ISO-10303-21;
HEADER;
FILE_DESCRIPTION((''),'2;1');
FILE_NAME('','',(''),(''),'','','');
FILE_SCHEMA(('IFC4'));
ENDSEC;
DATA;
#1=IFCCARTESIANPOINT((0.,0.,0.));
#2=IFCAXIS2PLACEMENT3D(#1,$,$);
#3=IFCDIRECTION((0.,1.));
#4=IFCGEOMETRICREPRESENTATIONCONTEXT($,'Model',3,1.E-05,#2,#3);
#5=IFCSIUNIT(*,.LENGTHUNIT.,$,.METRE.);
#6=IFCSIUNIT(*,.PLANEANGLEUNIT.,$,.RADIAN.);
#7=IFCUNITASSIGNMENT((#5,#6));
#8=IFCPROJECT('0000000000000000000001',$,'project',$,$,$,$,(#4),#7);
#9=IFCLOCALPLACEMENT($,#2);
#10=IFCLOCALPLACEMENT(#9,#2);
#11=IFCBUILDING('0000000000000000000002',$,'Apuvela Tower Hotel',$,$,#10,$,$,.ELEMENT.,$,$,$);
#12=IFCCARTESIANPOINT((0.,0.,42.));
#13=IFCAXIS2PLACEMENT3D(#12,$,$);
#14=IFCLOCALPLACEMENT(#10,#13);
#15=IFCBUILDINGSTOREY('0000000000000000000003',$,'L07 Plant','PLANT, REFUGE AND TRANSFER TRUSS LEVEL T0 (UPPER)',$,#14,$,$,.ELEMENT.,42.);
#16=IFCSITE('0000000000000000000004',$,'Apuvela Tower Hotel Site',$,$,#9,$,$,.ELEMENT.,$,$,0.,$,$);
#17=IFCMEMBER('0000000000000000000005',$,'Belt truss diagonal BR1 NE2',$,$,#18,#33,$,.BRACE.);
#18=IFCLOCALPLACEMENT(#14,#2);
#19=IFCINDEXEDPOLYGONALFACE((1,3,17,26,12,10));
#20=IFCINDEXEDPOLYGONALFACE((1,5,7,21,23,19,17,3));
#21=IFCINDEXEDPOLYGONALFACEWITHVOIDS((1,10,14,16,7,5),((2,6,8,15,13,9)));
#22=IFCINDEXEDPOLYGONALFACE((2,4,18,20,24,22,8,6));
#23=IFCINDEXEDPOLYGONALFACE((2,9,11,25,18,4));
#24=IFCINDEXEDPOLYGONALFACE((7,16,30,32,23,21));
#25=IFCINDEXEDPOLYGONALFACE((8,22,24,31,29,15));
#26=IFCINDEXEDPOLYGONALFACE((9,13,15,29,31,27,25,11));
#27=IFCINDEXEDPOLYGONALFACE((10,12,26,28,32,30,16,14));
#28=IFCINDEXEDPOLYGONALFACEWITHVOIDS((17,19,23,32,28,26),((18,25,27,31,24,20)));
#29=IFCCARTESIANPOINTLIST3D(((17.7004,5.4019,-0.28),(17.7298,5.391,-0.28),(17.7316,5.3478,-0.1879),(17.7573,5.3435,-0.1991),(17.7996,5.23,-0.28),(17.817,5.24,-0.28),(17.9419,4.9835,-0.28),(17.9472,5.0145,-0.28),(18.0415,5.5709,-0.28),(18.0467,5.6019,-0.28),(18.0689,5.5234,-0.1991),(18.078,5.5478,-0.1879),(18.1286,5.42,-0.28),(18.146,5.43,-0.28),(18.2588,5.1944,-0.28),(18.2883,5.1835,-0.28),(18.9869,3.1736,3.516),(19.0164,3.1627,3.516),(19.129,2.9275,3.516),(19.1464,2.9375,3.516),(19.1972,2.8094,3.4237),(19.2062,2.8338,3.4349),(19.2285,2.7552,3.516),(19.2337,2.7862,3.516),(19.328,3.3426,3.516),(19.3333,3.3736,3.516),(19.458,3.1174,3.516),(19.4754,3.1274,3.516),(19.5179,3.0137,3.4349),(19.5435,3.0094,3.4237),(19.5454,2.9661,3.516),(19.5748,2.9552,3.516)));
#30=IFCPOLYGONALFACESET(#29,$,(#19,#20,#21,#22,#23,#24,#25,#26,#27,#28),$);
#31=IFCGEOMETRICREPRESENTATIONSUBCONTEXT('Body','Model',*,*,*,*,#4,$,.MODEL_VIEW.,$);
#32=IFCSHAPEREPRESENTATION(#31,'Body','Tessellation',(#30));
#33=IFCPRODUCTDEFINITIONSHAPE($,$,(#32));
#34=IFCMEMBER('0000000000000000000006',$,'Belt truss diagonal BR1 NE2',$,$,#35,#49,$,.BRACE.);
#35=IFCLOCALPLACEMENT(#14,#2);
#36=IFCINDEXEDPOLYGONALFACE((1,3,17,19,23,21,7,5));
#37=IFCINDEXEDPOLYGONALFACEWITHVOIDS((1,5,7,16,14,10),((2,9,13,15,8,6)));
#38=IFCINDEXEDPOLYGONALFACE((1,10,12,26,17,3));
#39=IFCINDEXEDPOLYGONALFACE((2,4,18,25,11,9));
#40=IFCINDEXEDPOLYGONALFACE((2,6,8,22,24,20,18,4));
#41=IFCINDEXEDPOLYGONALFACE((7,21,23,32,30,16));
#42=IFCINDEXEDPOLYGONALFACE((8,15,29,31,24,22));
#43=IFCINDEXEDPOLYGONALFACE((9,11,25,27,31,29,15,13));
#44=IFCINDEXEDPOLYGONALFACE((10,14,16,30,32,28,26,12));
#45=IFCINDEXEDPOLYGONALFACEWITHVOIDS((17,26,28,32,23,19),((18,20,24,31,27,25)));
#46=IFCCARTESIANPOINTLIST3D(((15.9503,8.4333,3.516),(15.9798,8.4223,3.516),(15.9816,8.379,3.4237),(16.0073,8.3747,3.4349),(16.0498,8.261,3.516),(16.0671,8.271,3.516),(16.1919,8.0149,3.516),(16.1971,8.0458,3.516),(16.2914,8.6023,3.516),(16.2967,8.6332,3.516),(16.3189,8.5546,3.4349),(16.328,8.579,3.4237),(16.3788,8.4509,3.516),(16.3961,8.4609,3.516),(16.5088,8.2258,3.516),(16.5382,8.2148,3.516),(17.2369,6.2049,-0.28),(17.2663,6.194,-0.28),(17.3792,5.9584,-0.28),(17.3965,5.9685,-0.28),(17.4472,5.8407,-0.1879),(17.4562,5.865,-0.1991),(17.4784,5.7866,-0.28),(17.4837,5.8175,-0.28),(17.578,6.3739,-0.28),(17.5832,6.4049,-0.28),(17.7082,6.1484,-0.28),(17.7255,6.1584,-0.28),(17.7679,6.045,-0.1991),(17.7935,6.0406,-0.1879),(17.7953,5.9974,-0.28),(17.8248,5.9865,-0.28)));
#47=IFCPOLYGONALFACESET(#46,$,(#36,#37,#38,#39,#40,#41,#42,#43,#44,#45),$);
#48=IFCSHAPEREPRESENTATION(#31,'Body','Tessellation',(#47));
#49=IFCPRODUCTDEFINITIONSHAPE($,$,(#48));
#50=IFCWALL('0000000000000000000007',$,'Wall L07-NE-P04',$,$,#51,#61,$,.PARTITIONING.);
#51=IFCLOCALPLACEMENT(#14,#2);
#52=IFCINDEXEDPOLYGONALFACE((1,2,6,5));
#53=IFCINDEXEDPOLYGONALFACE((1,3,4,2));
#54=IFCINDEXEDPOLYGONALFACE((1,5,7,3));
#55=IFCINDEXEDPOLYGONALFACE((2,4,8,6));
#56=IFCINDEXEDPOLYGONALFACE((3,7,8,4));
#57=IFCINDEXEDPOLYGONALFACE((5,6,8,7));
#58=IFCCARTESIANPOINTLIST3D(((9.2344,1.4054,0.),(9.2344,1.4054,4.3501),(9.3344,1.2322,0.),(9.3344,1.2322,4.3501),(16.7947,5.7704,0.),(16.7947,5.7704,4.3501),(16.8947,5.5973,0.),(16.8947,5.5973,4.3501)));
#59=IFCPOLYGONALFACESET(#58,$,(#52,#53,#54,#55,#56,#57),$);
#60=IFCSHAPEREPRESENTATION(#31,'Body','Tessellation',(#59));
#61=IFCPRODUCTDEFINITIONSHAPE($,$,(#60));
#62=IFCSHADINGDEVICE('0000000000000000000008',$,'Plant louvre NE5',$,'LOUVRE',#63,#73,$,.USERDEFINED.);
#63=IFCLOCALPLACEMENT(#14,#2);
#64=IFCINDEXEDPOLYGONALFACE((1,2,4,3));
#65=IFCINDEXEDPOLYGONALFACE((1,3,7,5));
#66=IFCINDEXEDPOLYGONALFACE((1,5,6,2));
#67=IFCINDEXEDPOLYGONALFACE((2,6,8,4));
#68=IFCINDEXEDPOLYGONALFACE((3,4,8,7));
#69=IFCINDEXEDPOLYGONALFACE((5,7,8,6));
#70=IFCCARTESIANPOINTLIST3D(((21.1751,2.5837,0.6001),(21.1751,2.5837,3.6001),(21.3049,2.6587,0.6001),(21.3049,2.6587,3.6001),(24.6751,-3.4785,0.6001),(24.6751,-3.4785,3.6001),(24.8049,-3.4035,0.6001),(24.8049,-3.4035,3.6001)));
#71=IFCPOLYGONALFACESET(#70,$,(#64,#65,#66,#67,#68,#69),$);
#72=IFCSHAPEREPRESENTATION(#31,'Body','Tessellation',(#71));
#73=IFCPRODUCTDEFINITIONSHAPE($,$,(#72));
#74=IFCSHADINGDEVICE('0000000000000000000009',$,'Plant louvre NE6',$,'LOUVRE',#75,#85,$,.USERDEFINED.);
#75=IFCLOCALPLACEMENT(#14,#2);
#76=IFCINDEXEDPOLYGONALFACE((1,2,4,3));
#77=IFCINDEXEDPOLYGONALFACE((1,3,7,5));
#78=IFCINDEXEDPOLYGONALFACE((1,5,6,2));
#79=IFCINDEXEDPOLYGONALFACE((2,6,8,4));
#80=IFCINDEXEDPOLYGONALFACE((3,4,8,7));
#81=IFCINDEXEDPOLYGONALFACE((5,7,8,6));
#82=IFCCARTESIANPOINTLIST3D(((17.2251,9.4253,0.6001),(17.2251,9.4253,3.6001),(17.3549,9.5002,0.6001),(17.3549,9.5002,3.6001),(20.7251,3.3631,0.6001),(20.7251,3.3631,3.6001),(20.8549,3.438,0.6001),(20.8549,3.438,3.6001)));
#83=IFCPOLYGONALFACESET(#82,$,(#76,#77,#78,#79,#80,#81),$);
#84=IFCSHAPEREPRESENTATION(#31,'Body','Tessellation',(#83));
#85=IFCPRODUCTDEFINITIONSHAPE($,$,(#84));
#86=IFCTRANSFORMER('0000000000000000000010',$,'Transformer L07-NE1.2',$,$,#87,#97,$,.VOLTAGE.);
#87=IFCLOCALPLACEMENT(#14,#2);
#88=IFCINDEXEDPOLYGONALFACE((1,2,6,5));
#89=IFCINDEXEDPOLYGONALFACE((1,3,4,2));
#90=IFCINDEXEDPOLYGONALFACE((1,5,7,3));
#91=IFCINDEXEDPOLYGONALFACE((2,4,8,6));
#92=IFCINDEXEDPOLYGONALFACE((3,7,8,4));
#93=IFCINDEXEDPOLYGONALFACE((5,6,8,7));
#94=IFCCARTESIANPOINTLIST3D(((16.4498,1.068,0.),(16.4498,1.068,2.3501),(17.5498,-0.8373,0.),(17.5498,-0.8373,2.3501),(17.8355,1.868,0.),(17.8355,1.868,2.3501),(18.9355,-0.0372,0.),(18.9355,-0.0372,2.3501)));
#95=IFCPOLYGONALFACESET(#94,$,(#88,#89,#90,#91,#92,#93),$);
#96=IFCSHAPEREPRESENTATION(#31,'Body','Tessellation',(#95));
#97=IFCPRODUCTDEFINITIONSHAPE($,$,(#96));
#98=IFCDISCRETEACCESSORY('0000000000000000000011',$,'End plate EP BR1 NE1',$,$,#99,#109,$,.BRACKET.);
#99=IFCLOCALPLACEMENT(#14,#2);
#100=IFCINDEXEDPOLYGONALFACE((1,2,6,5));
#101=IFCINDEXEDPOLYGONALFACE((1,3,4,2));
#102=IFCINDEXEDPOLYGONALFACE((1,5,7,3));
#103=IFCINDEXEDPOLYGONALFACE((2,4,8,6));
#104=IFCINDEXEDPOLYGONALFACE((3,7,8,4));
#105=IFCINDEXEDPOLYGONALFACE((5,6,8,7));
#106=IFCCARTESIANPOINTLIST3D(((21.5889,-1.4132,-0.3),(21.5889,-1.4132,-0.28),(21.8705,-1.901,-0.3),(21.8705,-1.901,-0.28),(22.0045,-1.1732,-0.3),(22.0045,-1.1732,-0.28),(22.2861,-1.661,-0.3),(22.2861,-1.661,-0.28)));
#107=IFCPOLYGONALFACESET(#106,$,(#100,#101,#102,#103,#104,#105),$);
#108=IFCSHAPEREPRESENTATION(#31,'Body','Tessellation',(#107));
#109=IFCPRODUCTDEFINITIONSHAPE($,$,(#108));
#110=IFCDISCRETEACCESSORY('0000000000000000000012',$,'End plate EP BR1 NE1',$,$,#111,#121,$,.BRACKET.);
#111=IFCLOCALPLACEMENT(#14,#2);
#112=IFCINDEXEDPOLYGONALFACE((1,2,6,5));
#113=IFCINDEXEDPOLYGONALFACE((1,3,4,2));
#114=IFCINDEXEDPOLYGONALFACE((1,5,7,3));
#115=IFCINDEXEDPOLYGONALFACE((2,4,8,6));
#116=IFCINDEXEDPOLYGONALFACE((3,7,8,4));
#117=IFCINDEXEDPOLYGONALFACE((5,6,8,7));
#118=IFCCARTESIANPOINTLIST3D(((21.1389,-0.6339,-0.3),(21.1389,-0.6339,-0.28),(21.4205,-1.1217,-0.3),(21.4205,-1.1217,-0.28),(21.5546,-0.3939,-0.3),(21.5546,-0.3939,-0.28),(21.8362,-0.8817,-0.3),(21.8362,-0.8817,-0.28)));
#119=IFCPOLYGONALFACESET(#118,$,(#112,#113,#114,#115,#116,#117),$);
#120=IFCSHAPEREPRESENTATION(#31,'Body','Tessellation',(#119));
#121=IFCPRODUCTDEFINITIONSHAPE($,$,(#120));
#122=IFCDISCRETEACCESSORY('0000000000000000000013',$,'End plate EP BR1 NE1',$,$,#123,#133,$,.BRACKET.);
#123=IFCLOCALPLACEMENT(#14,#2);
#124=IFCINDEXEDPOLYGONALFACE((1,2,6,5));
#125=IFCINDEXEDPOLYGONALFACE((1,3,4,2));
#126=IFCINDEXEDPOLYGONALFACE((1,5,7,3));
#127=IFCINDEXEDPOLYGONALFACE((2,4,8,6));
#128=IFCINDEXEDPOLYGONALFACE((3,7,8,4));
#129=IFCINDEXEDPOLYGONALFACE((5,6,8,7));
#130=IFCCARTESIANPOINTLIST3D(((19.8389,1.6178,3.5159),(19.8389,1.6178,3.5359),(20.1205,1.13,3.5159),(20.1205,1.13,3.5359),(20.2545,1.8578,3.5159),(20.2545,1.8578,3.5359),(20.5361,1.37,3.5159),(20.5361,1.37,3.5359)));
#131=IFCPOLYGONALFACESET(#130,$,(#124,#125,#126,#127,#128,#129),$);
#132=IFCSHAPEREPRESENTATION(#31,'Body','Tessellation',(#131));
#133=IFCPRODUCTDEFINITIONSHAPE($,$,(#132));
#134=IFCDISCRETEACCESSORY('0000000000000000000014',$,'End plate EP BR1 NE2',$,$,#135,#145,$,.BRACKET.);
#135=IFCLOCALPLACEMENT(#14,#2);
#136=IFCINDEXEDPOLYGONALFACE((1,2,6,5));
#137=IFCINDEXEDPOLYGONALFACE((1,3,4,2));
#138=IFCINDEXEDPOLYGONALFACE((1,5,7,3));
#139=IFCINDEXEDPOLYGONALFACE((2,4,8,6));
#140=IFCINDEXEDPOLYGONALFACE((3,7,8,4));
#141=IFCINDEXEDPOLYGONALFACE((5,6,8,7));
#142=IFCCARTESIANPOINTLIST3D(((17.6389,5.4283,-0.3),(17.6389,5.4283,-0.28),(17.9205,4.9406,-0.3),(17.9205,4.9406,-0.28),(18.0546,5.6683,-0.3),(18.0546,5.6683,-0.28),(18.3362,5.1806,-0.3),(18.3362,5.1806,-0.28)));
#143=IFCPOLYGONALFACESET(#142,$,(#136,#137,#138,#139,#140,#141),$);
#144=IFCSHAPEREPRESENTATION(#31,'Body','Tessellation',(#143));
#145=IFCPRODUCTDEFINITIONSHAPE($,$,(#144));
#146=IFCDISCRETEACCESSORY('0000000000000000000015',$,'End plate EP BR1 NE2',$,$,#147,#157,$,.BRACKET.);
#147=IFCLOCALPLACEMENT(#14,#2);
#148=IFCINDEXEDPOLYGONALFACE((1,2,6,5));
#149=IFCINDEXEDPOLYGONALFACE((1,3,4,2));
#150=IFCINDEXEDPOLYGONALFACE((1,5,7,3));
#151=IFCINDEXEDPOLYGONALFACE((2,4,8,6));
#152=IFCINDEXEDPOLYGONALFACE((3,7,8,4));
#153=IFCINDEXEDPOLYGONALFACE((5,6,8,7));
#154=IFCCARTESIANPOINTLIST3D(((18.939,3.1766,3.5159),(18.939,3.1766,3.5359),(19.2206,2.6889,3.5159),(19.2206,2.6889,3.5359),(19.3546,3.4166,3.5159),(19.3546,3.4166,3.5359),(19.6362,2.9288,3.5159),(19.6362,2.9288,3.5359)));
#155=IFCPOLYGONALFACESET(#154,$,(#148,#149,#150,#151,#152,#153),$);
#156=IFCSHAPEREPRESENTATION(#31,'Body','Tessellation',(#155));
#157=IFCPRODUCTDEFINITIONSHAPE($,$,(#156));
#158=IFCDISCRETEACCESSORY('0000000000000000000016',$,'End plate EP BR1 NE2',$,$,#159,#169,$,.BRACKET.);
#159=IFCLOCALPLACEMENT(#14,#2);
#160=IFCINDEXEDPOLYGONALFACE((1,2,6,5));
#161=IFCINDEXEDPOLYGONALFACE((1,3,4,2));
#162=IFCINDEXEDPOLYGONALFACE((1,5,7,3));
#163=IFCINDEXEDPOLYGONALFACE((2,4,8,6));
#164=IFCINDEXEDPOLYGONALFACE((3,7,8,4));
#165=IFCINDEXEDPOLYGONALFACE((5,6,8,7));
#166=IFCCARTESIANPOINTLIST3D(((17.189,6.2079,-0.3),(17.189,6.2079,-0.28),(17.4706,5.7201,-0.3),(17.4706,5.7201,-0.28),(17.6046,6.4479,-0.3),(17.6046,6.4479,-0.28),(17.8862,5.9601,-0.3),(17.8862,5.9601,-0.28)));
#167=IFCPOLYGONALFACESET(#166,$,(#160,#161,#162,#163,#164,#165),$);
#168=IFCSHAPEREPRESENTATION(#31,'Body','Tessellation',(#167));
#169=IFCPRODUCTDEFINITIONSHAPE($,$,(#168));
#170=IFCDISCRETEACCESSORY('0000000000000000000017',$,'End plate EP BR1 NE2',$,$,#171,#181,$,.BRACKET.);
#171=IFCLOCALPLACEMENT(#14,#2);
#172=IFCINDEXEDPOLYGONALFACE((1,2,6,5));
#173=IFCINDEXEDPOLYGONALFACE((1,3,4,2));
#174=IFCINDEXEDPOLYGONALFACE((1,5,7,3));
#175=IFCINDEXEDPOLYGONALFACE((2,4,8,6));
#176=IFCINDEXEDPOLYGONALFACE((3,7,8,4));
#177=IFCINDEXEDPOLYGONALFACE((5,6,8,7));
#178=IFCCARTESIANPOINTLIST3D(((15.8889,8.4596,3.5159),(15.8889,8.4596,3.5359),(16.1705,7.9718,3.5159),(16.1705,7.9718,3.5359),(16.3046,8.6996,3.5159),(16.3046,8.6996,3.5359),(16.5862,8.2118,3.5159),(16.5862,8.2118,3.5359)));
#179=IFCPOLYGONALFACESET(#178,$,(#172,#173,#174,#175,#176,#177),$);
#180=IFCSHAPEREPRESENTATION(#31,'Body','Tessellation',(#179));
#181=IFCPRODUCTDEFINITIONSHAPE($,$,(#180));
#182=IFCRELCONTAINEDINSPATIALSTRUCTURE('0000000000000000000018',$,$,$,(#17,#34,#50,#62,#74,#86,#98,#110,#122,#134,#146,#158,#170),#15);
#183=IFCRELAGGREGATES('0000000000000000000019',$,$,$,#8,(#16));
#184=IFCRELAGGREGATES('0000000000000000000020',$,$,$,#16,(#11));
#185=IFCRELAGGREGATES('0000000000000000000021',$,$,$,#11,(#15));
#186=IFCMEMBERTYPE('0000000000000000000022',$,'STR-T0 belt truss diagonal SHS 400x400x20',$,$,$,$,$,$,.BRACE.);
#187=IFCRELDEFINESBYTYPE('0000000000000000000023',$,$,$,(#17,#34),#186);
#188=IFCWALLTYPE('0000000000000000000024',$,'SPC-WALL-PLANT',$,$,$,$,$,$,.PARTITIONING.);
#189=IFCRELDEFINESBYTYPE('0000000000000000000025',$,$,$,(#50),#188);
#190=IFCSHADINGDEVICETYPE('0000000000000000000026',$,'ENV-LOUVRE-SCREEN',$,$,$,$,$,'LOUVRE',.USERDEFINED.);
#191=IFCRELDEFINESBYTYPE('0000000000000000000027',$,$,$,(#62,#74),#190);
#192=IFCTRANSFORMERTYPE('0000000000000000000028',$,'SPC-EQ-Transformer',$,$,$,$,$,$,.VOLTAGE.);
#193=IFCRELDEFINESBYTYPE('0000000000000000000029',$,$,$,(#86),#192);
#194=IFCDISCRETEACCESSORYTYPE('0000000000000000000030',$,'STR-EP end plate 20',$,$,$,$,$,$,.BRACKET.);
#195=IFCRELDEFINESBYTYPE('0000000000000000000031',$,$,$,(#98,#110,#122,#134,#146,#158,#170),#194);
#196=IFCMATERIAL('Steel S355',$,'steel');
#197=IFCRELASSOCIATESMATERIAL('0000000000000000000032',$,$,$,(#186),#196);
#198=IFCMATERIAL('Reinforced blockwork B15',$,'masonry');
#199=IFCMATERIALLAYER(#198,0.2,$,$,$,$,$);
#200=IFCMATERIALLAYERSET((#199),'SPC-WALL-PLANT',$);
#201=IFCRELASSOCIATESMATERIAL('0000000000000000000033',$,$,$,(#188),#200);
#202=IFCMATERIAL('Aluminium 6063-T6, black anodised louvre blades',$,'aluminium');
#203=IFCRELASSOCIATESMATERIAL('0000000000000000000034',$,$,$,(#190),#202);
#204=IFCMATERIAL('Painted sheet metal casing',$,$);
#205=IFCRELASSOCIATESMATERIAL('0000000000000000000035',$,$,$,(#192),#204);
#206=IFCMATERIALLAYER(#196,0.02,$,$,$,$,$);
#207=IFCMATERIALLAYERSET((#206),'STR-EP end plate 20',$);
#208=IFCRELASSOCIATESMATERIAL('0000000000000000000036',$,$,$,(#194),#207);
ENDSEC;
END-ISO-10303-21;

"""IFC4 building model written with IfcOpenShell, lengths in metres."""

from ifc_helpers import new_model, si_unit, direction, frame, frame_2d, origin, origin_2d, place, context, subcontext, project, spatial, rectangle, hollow_rectangle, extrude, boolean, halfspace, material, layer, layer_set, material_profile, profile_set, type_object, element, save


model = new_model("IFC4")

# Units and contexts
model_context = context("Model", 3, precision=1e-05, world=origin(), true_north=direction((0.0, 1.0)))
body_context = subcontext(model_context, "Body", "Model", "MODEL_VIEW")
ifc_project = project(units=[si_unit("LENGTHUNIT", "METRE"), si_unit("PLANEANGLEUNIT", "RADIAN")], contexts=[model_context])

# Site, building, storey
site_placement = place(None, origin())
site = spatial("IfcSite", under=ifc_project, at=site_placement, Name="Apuvela Tower Hotel Site", CompositionType="ELEMENT", RefElevation=0.0)
building_placement = place(site_placement, origin())
building = spatial("IfcBuilding", under=site, at=building_placement, Name="Apuvela Tower Hotel", CompositionType="ELEMENT")
storey_placement = place(building_placement, frame((0.0, 0.0, 42.0)))
storey = spatial("IfcBuildingStorey", under=building, at=storey_placement, Name="L07 Plant", Description="PLANT, REFUGE AND TRANSFER TRUSS LEVEL T0 (UPPER)", CompositionType="ELEMENT", Elevation=42.0)

# Shared definitions
ifc_material_1 = material(Name="Steel S355", Category="steel")

# Members
ifc_material_profile_1 = material_profile(ifc_material_1, hollow_rectangle(XDim=0.3999, YDim=0.3999, WallThickness=0.02, at=origin_2d()), Name="SHS 400x400x20")
ifc_profile_set_1 = profile_set([ifc_material_profile_1], Name="Steel S355")
member_type = type_object("IfcMemberType", Name="STR-T0 belt truss diagonal SHS 400x400x20", PredefinedType="BRACE", material=ifc_profile_set_1)
member_1_placement = place(storey_placement, frame((17.9875, 5.3044, -0.3), z_axis=(0.280541, -0.485902, 0.827766), x_axis=(-0.413889, 0.716863, 0.561073)))
solid_1 = boolean("DIFFERENCE", boolean("DIFFERENCE", extrude(hollow_rectangle(XDim=0.3999, YDim=0.3999, WallThickness=0.02, at=origin_2d()), frame((0.0, 0.0, -0.2556)), (0.0, 0.0, 1.0), 5.1453), halfspace(frame((0.0, 0.0, 0.0242), z_axis=(0.561073, 0.0, 0.827766), x_axis=(0.827766, 0.0, -0.561073)), True)), halfspace(frame((0.0, 0.0, 4.6101), z_axis=(0.561073, 0.0, 0.827766), x_axis=(0.827766, 0.0, -0.561073)), False))
element("IfcMember", 1, at=member_1_placement, inside=storey, type_object=member_type, Name="Belt truss diagonal BR1 NE2", PredefinedType="BRACE", context=body_context, shape_type="SweptSolid", body=[
    boolean("UNION", boolean("DIFFERENCE", boolean("DIFFERENCE", extrude(hollow_rectangle(XDim=0.3999, YDim=0.3999, WallThickness=0.02, at=origin_2d()), origin(), (0.0, 0.0, 1.0), 4.634), halfspace(frame((0.0, 0.0, 0.0242), z_axis=(0.561073, 0.0, 0.827766), x_axis=(0.827766, 0.0, -0.561073)), True)), halfspace(frame((0.0, 0.0, 4.6101), z_axis=(0.561073, 0.0, 0.827766), x_axis=(0.827766, 0.0, -0.561073)), False)), solid_1),
])
member_2_placement = place(storey_placement, frame((17.5376, 6.084, -0.3), z_axis=(-0.280541, 0.485902, 0.827766), x_axis=(0.413889, -0.716863, 0.561073)))
solid_2 = boolean("DIFFERENCE", boolean("DIFFERENCE", extrude(hollow_rectangle(XDim=0.3999, YDim=0.3999, WallThickness=0.02, at=origin_2d()), frame((0.0, 0.0, -0.2556)), (0.0, 0.0, 1.0), 5.1453), halfspace(frame((0.0, 0.0, 0.0242), z_axis=(0.561073, 0.0, 0.827766), x_axis=(0.827766, 0.0, -0.561073)), True)), halfspace(frame((0.0, 0.0, 4.6101), z_axis=(0.561073, 0.0, 0.827766), x_axis=(0.827766, 0.0, -0.561073)), False))
element("IfcMember", 2, at=member_2_placement, inside=storey, type_object=member_type, Name="Belt truss diagonal BR1 NE2", PredefinedType="BRACE", context=body_context, shape_type="SweptSolid", body=[
    boolean("UNION", boolean("DIFFERENCE", boolean("DIFFERENCE", extrude(hollow_rectangle(XDim=0.3999, YDim=0.3999, WallThickness=0.02, at=origin_2d()), origin(), (0.0, 0.0, 1.0), 4.634), halfspace(frame((0.0, 0.0, 0.0242), z_axis=(0.561073, 0.0, 0.827766), x_axis=(0.827766, 0.0, -0.561073)), True)), halfspace(frame((0.0, 0.0, 4.6101), z_axis=(0.561073, 0.0, 0.827766), x_axis=(0.827766, 0.0, -0.561073)), False)), solid_2),
])

# Wall
ifc_material_2 = material(Name="Reinforced blockwork B15", Category="masonry")
ifc_layer_1 = layer(ifc_material_2, 0.2)
ifc_layer_set_1 = layer_set([ifc_layer_1], Name="SPC-WALL-PLANT")
wall_type = type_object("IfcWallType", Name="SPC-WALL-PLANT", PredefinedType="PARTITIONING", material=ifc_layer_set_1)
wall_placement = place(storey_placement, frame((16.8447, 5.6838, 0.0), z_axis=(0.0, 0.0, 1.0), x_axis=(-0.866023, -0.500004, 0.0)))
element("IfcWall", 3, at=wall_placement, inside=storey, type_object=wall_type, Name="Wall L07-NE-P04", PredefinedType="PARTITIONING", context=body_context, shape_type="SweptSolid", body=[
    extrude(rectangle(XDim=8.73, YDim=0.2, at=frame_2d((4.365, 0.0))), origin(), (0.0, 0.0, 1.0), 4.3501),
])

# Shading devices
ifc_material_3 = material(Name="Aluminium 6063-T6, black anodised louvre blades", Category="aluminium")
shading_device_type = type_object("IfcShadingDeviceType", Name="ENV-LOUVRE-SCREEN", ElementType="LOUVRE", PredefinedType="USERDEFINED", material=ifc_material_3)
for number, where, z_axis, x_axis, name in (
    (4, (22.99, -0.4099, 0.6001), (0.0, 0.0, 1.0), (-0.5, 0.866025, 0.0), "Plant louvre NE5"),
    (5, (19.04, 6.4316, 0.6001), (0.0, 0.0, 1.0), (-0.5, 0.866025, 0.0), "Plant louvre NE6"),
):
    element("IfcShadingDevice", number, at=place(storey_placement, frame(where, z_axis=z_axis, x_axis=x_axis)), inside=storey, type_object=shading_device_type, Name=name, ObjectType="LOUVRE", PredefinedType="USERDEFINED", context=body_context, shape_type="SweptSolid", body=[
        extrude(rectangle(XDim=7.0, YDim=0.1499, at=origin_2d()), origin(), (0.0, 0.0, 1.0), 3.0),
    ])

# Transformer
ifc_material_4 = material(Name="Painted sheet metal casing")
transformer_type = type_object("IfcTransformerType", Name="SPC-EQ-Transformer", PredefinedType="VOLTAGE", material=ifc_material_4)
transformer_placement = place(storey_placement, frame((17.6926, 0.5154, 0.0), z_axis=(0.0, 0.0, 1.0), x_axis=(-0.5, 0.866025, 0.0)))
element("IfcTransformer", 6, at=transformer_placement, inside=storey, type_object=transformer_type, Name="Transformer L07-NE1.2", PredefinedType="VOLTAGE", context=body_context, shape_type="SweptSolid", body=[
    extrude(rectangle(XDim=2.2, YDim=1.6001, at=origin_2d()), origin(), (0.0, 0.0, 1.0), 2.3501),
])

# Discrete accessories
ifc_layer_2 = layer(ifc_material_1, 0.02)
ifc_layer_set_2 = layer_set([ifc_layer_2], Name="STR-EP end plate 20")
discrete_accessory_type = type_object("IfcDiscreteAccessoryType", Name="STR-EP end plate 20", PredefinedType="BRACKET", material=ifc_layer_set_2)
for number, where, z_axis, x_axis, name in (
    (7, (21.9375, -1.5371, -0.3), (0.0, 0.0, 1.0), (0.5, -0.866025, 0.0), "End plate EP BR1 NE1"),
    (8, (21.4875, -0.7578, -0.3), (0.0, 0.0, 1.0), (-0.5, 0.866025, 0.0), "End plate EP BR1 NE1"),
    (9, (20.1875, 1.4939, 3.5159), (0.0, 0.0, 1.0), (-0.5, 0.866025, 0.0), "End plate EP BR1 NE1"),
    (10, (17.9875, 5.3044, -0.3), (0.0, 0.0, 1.0), (0.5, -0.866025, 0.0), "End plate EP BR1 NE2"),
    (11, (19.2876, 3.0527, 3.5159), (0.0, 0.0, 1.0), (0.5, -0.866025, 0.0), "End plate EP BR1 NE2"),
    (12, (17.5376, 6.084, -0.3), (0.0, 0.0, 1.0), (-0.5, 0.866025, 0.0), "End plate EP BR1 NE2"),
    (13, (16.2375, 8.3357, 3.5159), (0.0, 0.0, 1.0), (-0.5, 0.866025, 0.0), "End plate EP BR1 NE2"),
):
    element("IfcDiscreteAccessory", number, at=place(storey_placement, frame(where, z_axis=z_axis, x_axis=x_axis)), inside=storey, type_object=discrete_accessory_type, Name=name, PredefinedType="BRACKET", context=body_context, shape_type="SweptSolid", body=[
        extrude(rectangle(XDim=0.5632, YDim=0.48, at=origin_2d()), origin(), (0.0, 0.0, 1.0), 0.02),
    ])

save(model, "model.ifc")
